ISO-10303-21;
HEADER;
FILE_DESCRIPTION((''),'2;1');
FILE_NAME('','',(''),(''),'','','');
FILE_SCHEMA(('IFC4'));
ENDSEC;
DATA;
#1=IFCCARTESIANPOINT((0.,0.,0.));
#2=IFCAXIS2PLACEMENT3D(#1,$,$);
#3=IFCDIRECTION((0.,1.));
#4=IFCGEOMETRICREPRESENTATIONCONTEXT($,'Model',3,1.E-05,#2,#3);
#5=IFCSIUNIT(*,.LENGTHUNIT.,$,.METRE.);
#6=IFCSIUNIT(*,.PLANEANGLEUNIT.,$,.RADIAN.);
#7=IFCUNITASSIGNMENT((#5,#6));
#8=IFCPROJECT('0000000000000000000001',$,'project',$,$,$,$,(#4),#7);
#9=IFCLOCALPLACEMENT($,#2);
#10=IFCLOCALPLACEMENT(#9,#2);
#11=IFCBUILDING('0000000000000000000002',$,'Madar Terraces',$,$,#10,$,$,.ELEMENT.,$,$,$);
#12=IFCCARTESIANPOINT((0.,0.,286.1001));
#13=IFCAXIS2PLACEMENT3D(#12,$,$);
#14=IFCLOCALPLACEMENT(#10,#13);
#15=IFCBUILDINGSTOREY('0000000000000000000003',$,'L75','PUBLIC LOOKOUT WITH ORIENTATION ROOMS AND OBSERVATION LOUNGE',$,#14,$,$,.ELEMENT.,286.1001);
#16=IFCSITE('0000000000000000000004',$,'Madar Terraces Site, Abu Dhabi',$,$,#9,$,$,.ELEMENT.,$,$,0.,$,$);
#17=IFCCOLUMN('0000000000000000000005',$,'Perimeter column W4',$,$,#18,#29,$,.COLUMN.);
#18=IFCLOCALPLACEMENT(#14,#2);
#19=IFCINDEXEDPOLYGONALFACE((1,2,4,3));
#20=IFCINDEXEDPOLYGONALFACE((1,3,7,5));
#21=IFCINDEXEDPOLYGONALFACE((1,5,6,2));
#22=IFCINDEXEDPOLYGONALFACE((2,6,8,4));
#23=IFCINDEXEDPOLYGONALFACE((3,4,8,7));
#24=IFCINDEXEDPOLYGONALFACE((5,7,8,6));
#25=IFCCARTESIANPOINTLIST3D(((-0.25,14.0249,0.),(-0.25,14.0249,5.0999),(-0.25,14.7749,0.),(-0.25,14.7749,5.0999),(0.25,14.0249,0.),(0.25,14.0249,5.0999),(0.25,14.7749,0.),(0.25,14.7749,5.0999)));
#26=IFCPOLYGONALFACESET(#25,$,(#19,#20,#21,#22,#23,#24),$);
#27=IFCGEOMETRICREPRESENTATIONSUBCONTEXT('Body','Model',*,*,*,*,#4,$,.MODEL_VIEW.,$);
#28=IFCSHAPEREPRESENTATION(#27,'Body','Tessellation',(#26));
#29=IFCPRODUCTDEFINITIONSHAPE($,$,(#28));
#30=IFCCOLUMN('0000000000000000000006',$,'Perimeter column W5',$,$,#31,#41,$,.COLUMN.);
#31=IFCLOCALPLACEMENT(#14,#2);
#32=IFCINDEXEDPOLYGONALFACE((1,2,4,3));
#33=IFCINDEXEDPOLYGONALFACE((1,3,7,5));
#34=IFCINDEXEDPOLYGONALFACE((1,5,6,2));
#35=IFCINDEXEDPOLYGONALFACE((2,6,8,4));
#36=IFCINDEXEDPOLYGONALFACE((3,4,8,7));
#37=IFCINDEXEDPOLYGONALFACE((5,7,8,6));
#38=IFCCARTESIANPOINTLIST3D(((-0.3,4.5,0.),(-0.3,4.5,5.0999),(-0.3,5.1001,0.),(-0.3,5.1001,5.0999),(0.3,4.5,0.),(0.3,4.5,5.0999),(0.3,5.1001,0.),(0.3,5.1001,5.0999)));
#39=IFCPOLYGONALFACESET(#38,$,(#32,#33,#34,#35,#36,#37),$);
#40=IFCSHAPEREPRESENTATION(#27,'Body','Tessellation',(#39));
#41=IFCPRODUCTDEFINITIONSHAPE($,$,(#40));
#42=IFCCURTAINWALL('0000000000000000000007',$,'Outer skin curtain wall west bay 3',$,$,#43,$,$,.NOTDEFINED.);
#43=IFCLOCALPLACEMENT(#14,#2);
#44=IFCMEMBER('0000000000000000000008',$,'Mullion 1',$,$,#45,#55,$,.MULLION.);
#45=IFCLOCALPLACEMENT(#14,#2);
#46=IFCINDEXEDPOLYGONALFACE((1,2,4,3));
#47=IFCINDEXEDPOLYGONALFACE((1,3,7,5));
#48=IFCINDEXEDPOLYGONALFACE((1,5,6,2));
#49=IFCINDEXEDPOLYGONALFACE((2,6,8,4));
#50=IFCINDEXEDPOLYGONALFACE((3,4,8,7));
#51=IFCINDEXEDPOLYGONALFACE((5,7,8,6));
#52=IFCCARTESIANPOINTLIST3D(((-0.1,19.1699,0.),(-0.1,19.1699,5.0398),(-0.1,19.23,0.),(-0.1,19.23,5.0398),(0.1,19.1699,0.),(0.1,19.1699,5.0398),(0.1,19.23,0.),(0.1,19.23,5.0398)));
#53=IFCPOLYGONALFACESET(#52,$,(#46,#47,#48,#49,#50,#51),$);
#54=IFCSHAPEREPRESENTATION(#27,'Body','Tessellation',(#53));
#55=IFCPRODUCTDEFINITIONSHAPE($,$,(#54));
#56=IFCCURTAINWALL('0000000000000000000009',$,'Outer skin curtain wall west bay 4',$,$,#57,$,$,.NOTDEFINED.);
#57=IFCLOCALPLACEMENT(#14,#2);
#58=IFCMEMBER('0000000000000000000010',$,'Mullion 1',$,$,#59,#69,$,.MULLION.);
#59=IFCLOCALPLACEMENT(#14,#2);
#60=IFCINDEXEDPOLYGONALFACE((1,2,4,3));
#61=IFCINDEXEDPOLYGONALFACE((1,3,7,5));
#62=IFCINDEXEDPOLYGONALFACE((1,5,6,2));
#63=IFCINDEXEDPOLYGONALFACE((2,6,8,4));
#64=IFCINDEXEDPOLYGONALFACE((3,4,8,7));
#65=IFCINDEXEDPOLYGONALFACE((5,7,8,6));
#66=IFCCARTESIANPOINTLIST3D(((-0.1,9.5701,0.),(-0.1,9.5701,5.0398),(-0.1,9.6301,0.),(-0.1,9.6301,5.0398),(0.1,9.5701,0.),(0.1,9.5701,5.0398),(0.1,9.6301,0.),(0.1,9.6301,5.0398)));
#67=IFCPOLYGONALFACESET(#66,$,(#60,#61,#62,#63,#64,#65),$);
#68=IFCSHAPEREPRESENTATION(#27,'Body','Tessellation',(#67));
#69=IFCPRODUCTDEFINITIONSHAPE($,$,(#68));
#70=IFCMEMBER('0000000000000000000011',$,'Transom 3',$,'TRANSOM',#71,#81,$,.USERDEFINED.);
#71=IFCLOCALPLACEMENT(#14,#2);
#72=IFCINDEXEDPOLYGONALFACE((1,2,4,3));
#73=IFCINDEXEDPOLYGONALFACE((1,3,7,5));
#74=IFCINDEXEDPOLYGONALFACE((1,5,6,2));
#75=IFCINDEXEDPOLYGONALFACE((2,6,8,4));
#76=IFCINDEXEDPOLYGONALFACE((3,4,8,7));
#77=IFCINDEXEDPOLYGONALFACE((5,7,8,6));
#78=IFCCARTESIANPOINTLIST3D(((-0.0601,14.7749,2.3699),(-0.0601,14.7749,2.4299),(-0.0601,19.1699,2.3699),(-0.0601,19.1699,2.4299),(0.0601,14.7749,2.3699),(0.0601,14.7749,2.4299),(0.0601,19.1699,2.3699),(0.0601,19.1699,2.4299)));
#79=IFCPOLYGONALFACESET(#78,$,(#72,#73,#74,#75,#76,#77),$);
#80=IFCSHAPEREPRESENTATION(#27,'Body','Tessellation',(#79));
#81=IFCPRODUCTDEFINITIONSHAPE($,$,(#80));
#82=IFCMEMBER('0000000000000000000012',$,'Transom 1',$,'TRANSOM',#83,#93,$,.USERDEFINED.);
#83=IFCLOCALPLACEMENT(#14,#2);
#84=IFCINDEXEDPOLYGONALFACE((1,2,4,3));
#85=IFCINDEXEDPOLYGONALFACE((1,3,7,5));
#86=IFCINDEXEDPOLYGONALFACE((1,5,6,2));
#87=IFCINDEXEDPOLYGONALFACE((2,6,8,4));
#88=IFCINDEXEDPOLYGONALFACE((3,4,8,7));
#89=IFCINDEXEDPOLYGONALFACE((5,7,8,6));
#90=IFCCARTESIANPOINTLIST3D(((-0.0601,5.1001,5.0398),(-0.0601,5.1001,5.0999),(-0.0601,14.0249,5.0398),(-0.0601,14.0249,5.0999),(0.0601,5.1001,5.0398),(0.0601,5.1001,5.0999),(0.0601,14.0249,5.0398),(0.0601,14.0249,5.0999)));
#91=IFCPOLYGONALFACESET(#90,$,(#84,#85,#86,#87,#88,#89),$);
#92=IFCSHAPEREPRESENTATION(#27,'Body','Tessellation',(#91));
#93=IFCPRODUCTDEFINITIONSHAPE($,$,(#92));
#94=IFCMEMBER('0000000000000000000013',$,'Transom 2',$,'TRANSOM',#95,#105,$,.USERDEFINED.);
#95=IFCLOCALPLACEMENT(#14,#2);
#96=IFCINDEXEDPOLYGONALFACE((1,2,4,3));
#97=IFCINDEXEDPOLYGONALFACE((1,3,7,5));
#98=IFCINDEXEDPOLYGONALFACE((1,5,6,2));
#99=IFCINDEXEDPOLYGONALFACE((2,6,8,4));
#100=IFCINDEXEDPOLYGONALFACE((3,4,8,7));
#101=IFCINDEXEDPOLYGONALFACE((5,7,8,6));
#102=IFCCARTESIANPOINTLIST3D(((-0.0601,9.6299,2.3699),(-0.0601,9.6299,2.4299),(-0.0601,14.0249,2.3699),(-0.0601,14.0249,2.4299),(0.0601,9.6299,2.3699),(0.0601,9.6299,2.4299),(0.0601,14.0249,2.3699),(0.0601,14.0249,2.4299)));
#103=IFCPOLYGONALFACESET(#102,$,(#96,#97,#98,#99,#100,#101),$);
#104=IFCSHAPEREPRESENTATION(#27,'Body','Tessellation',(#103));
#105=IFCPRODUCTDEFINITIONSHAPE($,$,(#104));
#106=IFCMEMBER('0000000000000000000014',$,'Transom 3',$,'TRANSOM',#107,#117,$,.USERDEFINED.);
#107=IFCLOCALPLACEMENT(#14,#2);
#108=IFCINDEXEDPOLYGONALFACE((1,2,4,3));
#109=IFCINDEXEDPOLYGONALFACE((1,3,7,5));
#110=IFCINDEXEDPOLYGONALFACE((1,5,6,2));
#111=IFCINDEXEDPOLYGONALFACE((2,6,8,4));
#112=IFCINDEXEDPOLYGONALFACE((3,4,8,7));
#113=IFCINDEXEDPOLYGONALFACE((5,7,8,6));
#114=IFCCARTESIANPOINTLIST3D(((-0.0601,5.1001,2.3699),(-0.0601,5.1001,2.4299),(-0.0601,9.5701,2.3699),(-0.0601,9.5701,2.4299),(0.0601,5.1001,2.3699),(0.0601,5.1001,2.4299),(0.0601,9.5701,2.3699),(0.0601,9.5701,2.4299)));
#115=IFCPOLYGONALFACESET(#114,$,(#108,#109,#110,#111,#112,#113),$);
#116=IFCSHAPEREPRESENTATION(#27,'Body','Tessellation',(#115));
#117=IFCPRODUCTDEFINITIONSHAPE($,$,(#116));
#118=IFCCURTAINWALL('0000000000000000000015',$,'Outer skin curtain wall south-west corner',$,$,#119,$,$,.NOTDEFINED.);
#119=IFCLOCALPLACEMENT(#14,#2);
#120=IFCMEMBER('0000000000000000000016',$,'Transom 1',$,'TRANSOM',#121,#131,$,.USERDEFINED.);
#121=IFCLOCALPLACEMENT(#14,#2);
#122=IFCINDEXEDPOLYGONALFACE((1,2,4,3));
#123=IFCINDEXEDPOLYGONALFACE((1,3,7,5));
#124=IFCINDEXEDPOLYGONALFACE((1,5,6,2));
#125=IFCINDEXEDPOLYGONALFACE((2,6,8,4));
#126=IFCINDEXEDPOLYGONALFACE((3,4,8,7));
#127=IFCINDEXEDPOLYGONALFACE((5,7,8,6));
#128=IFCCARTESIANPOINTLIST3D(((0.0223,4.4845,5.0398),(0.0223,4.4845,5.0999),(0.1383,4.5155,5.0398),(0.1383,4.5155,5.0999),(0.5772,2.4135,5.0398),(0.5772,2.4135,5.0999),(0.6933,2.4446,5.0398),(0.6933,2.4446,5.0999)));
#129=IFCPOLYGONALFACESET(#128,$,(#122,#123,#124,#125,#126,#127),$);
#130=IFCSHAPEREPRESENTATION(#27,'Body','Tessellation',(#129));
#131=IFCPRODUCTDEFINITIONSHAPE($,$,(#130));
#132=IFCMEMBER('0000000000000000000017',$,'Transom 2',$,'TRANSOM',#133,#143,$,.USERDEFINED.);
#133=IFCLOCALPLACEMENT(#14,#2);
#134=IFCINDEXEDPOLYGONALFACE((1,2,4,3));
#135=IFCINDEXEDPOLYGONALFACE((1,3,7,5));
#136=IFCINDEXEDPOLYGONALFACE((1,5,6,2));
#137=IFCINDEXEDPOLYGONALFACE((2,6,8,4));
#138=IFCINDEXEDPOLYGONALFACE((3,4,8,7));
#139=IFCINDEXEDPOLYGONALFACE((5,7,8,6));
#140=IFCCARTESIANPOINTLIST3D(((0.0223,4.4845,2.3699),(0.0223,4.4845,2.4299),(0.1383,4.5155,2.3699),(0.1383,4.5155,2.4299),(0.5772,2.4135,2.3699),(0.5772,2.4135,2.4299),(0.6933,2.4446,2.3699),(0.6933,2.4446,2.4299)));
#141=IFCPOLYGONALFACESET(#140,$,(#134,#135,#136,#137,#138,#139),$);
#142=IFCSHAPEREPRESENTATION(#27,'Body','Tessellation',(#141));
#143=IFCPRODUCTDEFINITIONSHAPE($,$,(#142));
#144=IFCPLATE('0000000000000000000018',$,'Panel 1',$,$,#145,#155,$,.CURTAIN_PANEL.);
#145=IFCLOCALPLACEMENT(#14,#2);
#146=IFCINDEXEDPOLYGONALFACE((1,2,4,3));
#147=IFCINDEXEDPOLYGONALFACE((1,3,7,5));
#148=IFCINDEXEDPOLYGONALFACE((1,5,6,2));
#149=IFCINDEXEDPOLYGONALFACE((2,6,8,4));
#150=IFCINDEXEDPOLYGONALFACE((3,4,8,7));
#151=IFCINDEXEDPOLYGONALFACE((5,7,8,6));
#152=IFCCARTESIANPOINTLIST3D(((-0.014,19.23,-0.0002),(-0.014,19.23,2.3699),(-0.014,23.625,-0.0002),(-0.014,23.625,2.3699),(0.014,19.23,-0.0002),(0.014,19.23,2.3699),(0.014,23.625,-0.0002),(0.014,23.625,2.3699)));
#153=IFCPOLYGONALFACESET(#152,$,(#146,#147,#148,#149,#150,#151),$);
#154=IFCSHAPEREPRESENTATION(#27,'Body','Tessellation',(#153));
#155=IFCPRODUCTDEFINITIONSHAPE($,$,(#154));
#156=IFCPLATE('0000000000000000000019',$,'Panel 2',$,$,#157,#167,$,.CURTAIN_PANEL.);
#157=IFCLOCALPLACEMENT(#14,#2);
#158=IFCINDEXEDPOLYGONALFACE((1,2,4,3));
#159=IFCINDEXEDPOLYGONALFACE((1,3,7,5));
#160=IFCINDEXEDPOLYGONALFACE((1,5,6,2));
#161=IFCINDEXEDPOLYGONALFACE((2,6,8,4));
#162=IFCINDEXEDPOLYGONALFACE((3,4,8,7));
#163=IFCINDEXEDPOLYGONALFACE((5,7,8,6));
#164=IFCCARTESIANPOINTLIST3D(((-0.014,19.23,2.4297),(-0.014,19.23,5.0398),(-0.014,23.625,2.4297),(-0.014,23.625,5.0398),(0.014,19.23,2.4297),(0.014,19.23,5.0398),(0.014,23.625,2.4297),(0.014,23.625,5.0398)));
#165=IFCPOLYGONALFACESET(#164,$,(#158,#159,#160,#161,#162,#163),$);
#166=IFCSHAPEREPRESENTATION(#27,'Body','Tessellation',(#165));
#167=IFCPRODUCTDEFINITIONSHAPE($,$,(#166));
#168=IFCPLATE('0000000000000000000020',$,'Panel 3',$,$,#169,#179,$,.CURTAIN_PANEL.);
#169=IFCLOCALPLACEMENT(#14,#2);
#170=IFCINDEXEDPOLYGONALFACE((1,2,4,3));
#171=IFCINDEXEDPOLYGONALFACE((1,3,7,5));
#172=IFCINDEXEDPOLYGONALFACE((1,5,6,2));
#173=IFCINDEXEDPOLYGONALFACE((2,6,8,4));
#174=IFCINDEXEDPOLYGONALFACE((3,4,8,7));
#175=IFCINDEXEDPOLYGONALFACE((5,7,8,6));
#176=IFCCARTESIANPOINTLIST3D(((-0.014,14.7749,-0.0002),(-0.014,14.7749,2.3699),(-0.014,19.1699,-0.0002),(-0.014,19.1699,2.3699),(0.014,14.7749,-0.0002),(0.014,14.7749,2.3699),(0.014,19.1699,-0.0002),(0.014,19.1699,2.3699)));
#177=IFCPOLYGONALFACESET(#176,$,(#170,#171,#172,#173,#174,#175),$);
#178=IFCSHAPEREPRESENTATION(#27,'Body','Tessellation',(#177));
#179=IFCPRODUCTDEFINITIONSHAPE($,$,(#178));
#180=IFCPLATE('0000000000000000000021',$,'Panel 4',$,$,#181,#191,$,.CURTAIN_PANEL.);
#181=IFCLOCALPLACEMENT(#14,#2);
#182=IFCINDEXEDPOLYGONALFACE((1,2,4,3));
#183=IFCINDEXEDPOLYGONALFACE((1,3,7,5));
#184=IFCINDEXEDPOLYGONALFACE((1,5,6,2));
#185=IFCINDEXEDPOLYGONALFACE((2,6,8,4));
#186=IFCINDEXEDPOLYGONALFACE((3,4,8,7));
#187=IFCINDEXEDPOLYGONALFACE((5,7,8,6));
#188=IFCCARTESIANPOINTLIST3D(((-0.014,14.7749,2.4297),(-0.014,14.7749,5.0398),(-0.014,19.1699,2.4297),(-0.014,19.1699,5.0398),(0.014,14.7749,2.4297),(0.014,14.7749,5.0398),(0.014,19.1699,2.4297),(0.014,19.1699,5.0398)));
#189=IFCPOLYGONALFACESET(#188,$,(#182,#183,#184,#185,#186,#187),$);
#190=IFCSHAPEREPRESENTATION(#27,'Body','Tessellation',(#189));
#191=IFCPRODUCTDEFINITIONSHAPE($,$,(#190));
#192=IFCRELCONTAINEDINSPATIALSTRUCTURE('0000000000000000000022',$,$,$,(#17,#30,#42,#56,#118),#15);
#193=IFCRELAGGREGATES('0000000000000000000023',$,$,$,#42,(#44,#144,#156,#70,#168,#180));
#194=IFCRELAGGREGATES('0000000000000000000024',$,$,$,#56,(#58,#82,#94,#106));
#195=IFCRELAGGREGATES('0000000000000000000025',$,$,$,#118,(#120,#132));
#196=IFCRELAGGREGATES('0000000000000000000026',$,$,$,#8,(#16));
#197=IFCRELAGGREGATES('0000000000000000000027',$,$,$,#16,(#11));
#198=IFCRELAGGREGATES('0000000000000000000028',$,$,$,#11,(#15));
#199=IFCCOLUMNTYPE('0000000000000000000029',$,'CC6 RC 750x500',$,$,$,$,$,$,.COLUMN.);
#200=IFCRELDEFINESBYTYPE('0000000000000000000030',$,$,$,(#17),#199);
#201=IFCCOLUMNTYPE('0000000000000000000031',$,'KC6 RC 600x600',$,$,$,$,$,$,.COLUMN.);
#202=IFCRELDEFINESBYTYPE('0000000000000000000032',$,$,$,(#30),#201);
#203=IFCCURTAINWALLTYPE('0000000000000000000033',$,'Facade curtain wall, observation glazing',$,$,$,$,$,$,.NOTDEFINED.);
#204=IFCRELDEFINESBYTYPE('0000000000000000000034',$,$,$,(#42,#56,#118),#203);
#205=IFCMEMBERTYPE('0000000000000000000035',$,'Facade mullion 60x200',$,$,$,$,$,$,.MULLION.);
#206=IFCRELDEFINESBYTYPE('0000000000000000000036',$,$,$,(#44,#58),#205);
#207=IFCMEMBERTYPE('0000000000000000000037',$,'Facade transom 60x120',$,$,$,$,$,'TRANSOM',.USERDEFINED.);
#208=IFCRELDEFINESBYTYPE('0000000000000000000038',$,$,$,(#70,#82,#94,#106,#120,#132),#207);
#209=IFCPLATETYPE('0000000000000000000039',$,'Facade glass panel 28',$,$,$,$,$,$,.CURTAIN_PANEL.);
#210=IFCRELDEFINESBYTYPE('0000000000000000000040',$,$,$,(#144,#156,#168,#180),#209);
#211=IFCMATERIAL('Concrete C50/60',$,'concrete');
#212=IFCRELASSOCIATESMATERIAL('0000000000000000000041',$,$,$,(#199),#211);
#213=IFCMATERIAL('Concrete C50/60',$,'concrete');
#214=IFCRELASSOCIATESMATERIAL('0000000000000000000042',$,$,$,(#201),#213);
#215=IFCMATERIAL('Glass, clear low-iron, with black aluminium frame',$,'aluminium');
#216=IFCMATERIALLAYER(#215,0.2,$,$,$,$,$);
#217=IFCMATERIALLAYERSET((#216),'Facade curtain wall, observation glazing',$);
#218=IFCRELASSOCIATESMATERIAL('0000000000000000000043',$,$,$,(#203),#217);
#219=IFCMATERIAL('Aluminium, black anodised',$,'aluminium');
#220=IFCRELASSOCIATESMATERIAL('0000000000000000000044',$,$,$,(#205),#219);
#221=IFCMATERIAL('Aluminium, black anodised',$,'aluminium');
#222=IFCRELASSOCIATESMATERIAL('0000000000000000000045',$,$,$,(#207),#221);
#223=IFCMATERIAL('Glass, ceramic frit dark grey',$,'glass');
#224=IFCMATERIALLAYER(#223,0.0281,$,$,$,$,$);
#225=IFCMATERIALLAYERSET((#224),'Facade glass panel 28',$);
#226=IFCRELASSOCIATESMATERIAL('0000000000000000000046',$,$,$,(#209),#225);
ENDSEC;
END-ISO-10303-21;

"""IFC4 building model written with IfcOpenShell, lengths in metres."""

from ifc_helpers import new_model, si_unit, direction, frame, origin, origin_2d, place, context, subcontext, project, spatial, rectangle, extrude, material, layer, layer_set, material_profile, profile_set, type_object, element, aggregate, save


model = new_model("IFC4")

# Units and contexts
model_context = context("Model", 3, precision=1e-05, world=origin(), true_north=direction((0.0, 1.0)))
body_context = subcontext(model_context, "Body", "Model", "MODEL_VIEW")
ifc_project = project(units=[si_unit("LENGTHUNIT", "METRE"), si_unit("PLANEANGLEUNIT", "RADIAN")], contexts=[model_context])

# Site, building, storey
site_placement = place(None, origin())
site = spatial("IfcSite", under=ifc_project, at=site_placement, Name="Madar Terraces Site, Abu Dhabi", CompositionType="ELEMENT", RefElevation=0.0)
building_placement = place(site_placement, origin())
building = spatial("IfcBuilding", under=site, at=building_placement, Name="Madar Terraces", CompositionType="ELEMENT")
storey_placement = place(building_placement, frame((0.0, 0.0, 286.1001)))
storey = spatial("IfcBuildingStorey", under=building, at=storey_placement, Name="L75", Description="PUBLIC LOOKOUT WITH ORIENTATION ROOMS AND OBSERVATION LOUNGE", CompositionType="ELEMENT", Elevation=286.1001)

# Columns
ifc_material_1 = material(Name="Concrete C50/60", Category="concrete")
ifc_material_profile_1 = material_profile(ifc_material_1, rectangle(XDim=0.75, YDim=0.5, at=origin_2d()), Name="CC6 RC 750x500")
ifc_profile_set_1 = profile_set([ifc_material_profile_1], Name="Concrete C50/60")
column_type_1 = type_object("IfcColumnType", Name="CC6 RC 750x500", PredefinedType="COLUMN", material=ifc_profile_set_1)
column_1_placement = place(storey_placement, frame((0.0, 14.3999, 0.0), z_axis=(0.0, 0.0, 1.0), x_axis=(0.0, 1.0, 0.0)))
element("IfcColumn", 1, at=column_1_placement, inside=storey, type_object=column_type_1, Name="Perimeter column W4", PredefinedType="COLUMN", context=body_context, shape_type="SweptSolid", body=[
    extrude(rectangle(XDim=0.75, YDim=0.5, at=origin_2d()), origin(), (0.0, 0.0, 1.0), 5.0999),
])
ifc_material_2 = material(Name="Concrete C50/60", Category="concrete")
ifc_material_profile_2 = material_profile(ifc_material_2, rectangle(XDim=0.6001, YDim=0.6001, at=origin_2d()), Name="KC6 RC 600x600")
ifc_profile_set_2 = profile_set([ifc_material_profile_2], Name="Concrete C50/60")
column_type_2 = type_object("IfcColumnType", Name="KC6 RC 600x600", PredefinedType="COLUMN", material=ifc_profile_set_2)
column_2_placement = place(storey_placement, frame((0.0, 4.8, 0.0), z_axis=(0.0, 0.0, 1.0), x_axis=(1.0, 0.0, 0.0)))
element("IfcColumn", 2, at=column_2_placement, inside=storey, type_object=column_type_2, Name="Perimeter column W5", PredefinedType="COLUMN", context=body_context, shape_type="SweptSolid", body=[
    extrude(rectangle(XDim=0.6001, YDim=0.6001, at=origin_2d()), origin(), (0.0, 0.0, 1.0), 5.0999),
])

# Curtain walls, members
ifc_material_3 = material(Name="Glass, clear low-iron, with black aluminium frame", Category="aluminium")
ifc_layer_1 = layer(ifc_material_3, 0.2)
ifc_layer_set_1 = layer_set([ifc_layer_1], Name="Facade curtain wall, observation glazing")
curtain_wall_type = type_object("IfcCurtainWallType", Name="Facade curtain wall, observation glazing", PredefinedType="NOTDEFINED", material=ifc_layer_set_1)
curtain_wall_1_placement = place(storey_placement, origin())
curtain_wall_1 = element("IfcCurtainWall", 3, at=curtain_wall_1_placement, inside=storey, type_object=curtain_wall_type, Name="Outer skin curtain wall west bay 3", PredefinedType="NOTDEFINED")
ifc_material_4 = material(Name="Aluminium, black anodised", Category="aluminium")
ifc_material_profile_3 = material_profile(ifc_material_4, rectangle(XDim=0.2, YDim=0.0601, at=origin_2d()), Name="Facade mullion 60x200")
ifc_profile_set_3 = profile_set([ifc_material_profile_3], Name="Aluminium, black anodised")
member_type_1 = type_object("IfcMemberType", Name="Facade mullion 60x200", PredefinedType="MULLION", material=ifc_profile_set_3)
member_1_placement = place(storey_placement, frame((0.0, 19.2, 0.0), z_axis=(0.0, 0.0, 1.0), x_axis=(1.0, 0.0, 0.0)))
member_1 = element("IfcMember", 4, at=member_1_placement, type_object=member_type_1, Name="Mullion 1", PredefinedType="MULLION", context=body_context, shape_type="SweptSolid", body=[
    extrude(rectangle(XDim=0.2, YDim=0.0601, at=origin_2d()), origin(), (0.0, 0.0, 1.0), 5.0398),
])
curtain_wall_2_placement = place(storey_placement, origin())
curtain_wall_2 = element("IfcCurtainWall", 5, at=curtain_wall_2_placement, inside=storey, type_object=curtain_wall_type, Name="Outer skin curtain wall west bay 4", PredefinedType="NOTDEFINED")
member_2_placement = place(storey_placement, frame((0.0, 9.6001, 0.0), z_axis=(0.0, 0.0, 1.0), x_axis=(1.0, 0.0, 0.0)))
member_2 = element("IfcMember", 6, at=member_2_placement, type_object=member_type_1, Name="Mullion 1", PredefinedType="MULLION", context=body_context, shape_type="SweptSolid", body=[
    extrude(rectangle(XDim=0.2, YDim=0.0601, at=origin_2d()), origin(), (0.0, 0.0, 1.0), 5.0398),
])

# Members
ifc_material_5 = material(Name="Aluminium, black anodised", Category="aluminium")
ifc_material_profile_4 = material_profile(ifc_material_5, rectangle(XDim=0.1201, YDim=0.0601, at=origin_2d()), Name="Facade transom 60x120")
ifc_profile_set_4 = profile_set([ifc_material_profile_4], Name="Aluminium, black anodised")
member_type_2 = type_object("IfcMemberType", Name="Facade transom 60x120", ElementType="TRANSOM", PredefinedType="USERDEFINED", material=ifc_profile_set_4)
member_3_placement = place(storey_placement, frame((0.0, 19.1699, 2.3999), z_axis=(0.0, -1.0, 0.0), x_axis=(1.0, 0.0, 0.0)))
member_3 = element("IfcMember", 7, at=member_3_placement, type_object=member_type_2, Name="Transom 3", ObjectType="TRANSOM", PredefinedType="USERDEFINED", context=body_context, shape_type="SweptSolid", body=[
    extrude(rectangle(XDim=0.1201, YDim=0.0601, at=origin_2d()), origin(), (0.0, 0.0, 1.0), 4.395),
])
member_4_placement = place(storey_placement, frame((0.0, 14.0249, 5.0698), z_axis=(0.0, -1.0, 0.0), x_axis=(1.0, 0.0, 0.0)))
member_4 = element("IfcMember", 8, at=member_4_placement, type_object=member_type_2, Name="Transom 1", ObjectType="TRANSOM", PredefinedType="USERDEFINED", context=body_context, shape_type="SweptSolid", body=[
    extrude(rectangle(XDim=0.1201, YDim=0.0601, at=origin_2d()), origin(), (0.0, 0.0, 1.0), 8.9248),
])
member_5_placement = place(storey_placement, frame((0.0, 14.0249, 2.3999), z_axis=(0.0, -1.0, 0.0), x_axis=(1.0, 0.0, 0.0)))
member_5 = element("IfcMember", 9, at=member_5_placement, type_object=member_type_2, Name="Transom 2", ObjectType="TRANSOM", PredefinedType="USERDEFINED", context=body_context, shape_type="SweptSolid", body=[
    extrude(rectangle(XDim=0.1201, YDim=0.0601, at=origin_2d()), origin(), (0.0, 0.0, 1.0), 4.395),
])
member_6_placement = place(storey_placement, frame((0.0, 9.5701, 2.3999), z_axis=(0.0, -1.0, 0.0), x_axis=(1.0, 0.0, 0.0)))
member_6 = element("IfcMember", 10, at=member_6_placement, type_object=member_type_2, Name="Transom 3", ObjectType="TRANSOM", PredefinedType="USERDEFINED", context=body_context, shape_type="SweptSolid", body=[
    extrude(rectangle(XDim=0.1201, YDim=0.0601, at=origin_2d()), origin(), (0.0, 0.0, 1.0), 4.47),
])

# Curtain wall, members
curtain_wall_3_placement = place(storey_placement, origin())
curtain_wall_3 = element("IfcCurtainWall", 11, at=curtain_wall_3_placement, inside=storey, type_object=curtain_wall_type, Name="Outer skin curtain wall south-west corner", PredefinedType="NOTDEFINED")
member_7_placement = place(storey_placement, frame((0.0803, 4.5, 5.0698), z_axis=(0.258818, -0.965926, 0.0), x_axis=(0.965926, 0.258818, 0.0)))
member_7 = element("IfcMember", 12, at=member_7_placement, type_object=member_type_2, Name="Transom 1", ObjectType="TRANSOM", PredefinedType="USERDEFINED", context=body_context, shape_type="SweptSolid", body=[
    extrude(rectangle(XDim=0.1201, YDim=0.0601, at=origin_2d()), origin(), (0.0, 0.0, 1.0), 2.144),
])
member_8_placement = place(storey_placement, frame((0.0803, 4.5, 2.3999), z_axis=(0.258818, -0.965926, 0.0), x_axis=(0.965926, 0.258818, 0.0)))
member_8 = element("IfcMember", 13, at=member_8_placement, type_object=member_type_2, Name="Transom 2", ObjectType="TRANSOM", PredefinedType="USERDEFINED", context=body_context, shape_type="SweptSolid", body=[
    extrude(rectangle(XDim=0.1201, YDim=0.0601, at=origin_2d()), origin(), (0.0, 0.0, 1.0), 2.144),
])

# Plates
ifc_material_6 = material(Name="Glass, ceramic frit dark grey", Category="glass")
ifc_layer_2 = layer(ifc_material_6, 0.0281)
ifc_layer_set_2 = layer_set([ifc_layer_2], Name="Facade glass panel 28")
plate_type = type_object("IfcPlateType", Name="Facade glass panel 28", PredefinedType="CURTAIN_PANEL", material=ifc_layer_set_2)
plate_1_placement = place(storey_placement, frame((0.0, 21.4275, -0.0002), z_axis=(0.0, 0.0, 1.0), x_axis=(0.0, -1.0, 0.0)))
plate_1 = element("IfcPlate", 14, at=plate_1_placement, type_object=plate_type, Name="Panel 1", PredefinedType="CURTAIN_PANEL", context=body_context, shape_type="SweptSolid", body=[
    extrude(rectangle(XDim=4.395, YDim=0.0281, at=origin_2d()), origin(), (0.0, 0.0, 1.0), 2.3701),
])
plate_2_placement = place(storey_placement, frame((0.0, 21.4275, 2.4297), z_axis=(0.0, 0.0, 1.0), x_axis=(0.0, -1.0, 0.0)))
plate_2 = element("IfcPlate", 15, at=plate_2_placement, type_object=plate_type, Name="Panel 2", PredefinedType="CURTAIN_PANEL", context=body_context, shape_type="SweptSolid", body=[
    extrude(rectangle(XDim=4.395, YDim=0.0281, at=origin_2d()), origin(), (0.0, 0.0, 1.0), 2.6101),
])
plate_3_placement = place(storey_placement, frame((0.0, 16.9724, -0.0002), z_axis=(0.0, 0.0, 1.0), x_axis=(0.0, -1.0, 0.0)))
plate_3 = element("IfcPlate", 16, at=plate_3_placement, type_object=plate_type, Name="Panel 3", PredefinedType="CURTAIN_PANEL", context=body_context, shape_type="SweptSolid", body=[
    extrude(rectangle(XDim=4.395, YDim=0.0281, at=origin_2d()), origin(), (0.0, 0.0, 1.0), 2.3701),
])
plate_4_placement = place(storey_placement, frame((0.0, 16.9724, 2.4297), z_axis=(0.0, 0.0, 1.0), x_axis=(0.0, -1.0, 0.0)))
plate_4 = element("IfcPlate", 17, at=plate_4_placement, type_object=plate_type, Name="Panel 4", PredefinedType="CURTAIN_PANEL", context=body_context, shape_type="SweptSolid", body=[
    extrude(rectangle(XDim=4.395, YDim=0.0281, at=origin_2d()), origin(), (0.0, 0.0, 1.0), 2.6101),
])
aggregate(curtain_wall_1, [member_1, plate_1, plate_2, member_3, plate_3, plate_4])
aggregate(curtain_wall_2, [member_2, member_4, member_5, member_6])
aggregate(curtain_wall_3, [member_7, member_8])

save(model, "model.ifc")
